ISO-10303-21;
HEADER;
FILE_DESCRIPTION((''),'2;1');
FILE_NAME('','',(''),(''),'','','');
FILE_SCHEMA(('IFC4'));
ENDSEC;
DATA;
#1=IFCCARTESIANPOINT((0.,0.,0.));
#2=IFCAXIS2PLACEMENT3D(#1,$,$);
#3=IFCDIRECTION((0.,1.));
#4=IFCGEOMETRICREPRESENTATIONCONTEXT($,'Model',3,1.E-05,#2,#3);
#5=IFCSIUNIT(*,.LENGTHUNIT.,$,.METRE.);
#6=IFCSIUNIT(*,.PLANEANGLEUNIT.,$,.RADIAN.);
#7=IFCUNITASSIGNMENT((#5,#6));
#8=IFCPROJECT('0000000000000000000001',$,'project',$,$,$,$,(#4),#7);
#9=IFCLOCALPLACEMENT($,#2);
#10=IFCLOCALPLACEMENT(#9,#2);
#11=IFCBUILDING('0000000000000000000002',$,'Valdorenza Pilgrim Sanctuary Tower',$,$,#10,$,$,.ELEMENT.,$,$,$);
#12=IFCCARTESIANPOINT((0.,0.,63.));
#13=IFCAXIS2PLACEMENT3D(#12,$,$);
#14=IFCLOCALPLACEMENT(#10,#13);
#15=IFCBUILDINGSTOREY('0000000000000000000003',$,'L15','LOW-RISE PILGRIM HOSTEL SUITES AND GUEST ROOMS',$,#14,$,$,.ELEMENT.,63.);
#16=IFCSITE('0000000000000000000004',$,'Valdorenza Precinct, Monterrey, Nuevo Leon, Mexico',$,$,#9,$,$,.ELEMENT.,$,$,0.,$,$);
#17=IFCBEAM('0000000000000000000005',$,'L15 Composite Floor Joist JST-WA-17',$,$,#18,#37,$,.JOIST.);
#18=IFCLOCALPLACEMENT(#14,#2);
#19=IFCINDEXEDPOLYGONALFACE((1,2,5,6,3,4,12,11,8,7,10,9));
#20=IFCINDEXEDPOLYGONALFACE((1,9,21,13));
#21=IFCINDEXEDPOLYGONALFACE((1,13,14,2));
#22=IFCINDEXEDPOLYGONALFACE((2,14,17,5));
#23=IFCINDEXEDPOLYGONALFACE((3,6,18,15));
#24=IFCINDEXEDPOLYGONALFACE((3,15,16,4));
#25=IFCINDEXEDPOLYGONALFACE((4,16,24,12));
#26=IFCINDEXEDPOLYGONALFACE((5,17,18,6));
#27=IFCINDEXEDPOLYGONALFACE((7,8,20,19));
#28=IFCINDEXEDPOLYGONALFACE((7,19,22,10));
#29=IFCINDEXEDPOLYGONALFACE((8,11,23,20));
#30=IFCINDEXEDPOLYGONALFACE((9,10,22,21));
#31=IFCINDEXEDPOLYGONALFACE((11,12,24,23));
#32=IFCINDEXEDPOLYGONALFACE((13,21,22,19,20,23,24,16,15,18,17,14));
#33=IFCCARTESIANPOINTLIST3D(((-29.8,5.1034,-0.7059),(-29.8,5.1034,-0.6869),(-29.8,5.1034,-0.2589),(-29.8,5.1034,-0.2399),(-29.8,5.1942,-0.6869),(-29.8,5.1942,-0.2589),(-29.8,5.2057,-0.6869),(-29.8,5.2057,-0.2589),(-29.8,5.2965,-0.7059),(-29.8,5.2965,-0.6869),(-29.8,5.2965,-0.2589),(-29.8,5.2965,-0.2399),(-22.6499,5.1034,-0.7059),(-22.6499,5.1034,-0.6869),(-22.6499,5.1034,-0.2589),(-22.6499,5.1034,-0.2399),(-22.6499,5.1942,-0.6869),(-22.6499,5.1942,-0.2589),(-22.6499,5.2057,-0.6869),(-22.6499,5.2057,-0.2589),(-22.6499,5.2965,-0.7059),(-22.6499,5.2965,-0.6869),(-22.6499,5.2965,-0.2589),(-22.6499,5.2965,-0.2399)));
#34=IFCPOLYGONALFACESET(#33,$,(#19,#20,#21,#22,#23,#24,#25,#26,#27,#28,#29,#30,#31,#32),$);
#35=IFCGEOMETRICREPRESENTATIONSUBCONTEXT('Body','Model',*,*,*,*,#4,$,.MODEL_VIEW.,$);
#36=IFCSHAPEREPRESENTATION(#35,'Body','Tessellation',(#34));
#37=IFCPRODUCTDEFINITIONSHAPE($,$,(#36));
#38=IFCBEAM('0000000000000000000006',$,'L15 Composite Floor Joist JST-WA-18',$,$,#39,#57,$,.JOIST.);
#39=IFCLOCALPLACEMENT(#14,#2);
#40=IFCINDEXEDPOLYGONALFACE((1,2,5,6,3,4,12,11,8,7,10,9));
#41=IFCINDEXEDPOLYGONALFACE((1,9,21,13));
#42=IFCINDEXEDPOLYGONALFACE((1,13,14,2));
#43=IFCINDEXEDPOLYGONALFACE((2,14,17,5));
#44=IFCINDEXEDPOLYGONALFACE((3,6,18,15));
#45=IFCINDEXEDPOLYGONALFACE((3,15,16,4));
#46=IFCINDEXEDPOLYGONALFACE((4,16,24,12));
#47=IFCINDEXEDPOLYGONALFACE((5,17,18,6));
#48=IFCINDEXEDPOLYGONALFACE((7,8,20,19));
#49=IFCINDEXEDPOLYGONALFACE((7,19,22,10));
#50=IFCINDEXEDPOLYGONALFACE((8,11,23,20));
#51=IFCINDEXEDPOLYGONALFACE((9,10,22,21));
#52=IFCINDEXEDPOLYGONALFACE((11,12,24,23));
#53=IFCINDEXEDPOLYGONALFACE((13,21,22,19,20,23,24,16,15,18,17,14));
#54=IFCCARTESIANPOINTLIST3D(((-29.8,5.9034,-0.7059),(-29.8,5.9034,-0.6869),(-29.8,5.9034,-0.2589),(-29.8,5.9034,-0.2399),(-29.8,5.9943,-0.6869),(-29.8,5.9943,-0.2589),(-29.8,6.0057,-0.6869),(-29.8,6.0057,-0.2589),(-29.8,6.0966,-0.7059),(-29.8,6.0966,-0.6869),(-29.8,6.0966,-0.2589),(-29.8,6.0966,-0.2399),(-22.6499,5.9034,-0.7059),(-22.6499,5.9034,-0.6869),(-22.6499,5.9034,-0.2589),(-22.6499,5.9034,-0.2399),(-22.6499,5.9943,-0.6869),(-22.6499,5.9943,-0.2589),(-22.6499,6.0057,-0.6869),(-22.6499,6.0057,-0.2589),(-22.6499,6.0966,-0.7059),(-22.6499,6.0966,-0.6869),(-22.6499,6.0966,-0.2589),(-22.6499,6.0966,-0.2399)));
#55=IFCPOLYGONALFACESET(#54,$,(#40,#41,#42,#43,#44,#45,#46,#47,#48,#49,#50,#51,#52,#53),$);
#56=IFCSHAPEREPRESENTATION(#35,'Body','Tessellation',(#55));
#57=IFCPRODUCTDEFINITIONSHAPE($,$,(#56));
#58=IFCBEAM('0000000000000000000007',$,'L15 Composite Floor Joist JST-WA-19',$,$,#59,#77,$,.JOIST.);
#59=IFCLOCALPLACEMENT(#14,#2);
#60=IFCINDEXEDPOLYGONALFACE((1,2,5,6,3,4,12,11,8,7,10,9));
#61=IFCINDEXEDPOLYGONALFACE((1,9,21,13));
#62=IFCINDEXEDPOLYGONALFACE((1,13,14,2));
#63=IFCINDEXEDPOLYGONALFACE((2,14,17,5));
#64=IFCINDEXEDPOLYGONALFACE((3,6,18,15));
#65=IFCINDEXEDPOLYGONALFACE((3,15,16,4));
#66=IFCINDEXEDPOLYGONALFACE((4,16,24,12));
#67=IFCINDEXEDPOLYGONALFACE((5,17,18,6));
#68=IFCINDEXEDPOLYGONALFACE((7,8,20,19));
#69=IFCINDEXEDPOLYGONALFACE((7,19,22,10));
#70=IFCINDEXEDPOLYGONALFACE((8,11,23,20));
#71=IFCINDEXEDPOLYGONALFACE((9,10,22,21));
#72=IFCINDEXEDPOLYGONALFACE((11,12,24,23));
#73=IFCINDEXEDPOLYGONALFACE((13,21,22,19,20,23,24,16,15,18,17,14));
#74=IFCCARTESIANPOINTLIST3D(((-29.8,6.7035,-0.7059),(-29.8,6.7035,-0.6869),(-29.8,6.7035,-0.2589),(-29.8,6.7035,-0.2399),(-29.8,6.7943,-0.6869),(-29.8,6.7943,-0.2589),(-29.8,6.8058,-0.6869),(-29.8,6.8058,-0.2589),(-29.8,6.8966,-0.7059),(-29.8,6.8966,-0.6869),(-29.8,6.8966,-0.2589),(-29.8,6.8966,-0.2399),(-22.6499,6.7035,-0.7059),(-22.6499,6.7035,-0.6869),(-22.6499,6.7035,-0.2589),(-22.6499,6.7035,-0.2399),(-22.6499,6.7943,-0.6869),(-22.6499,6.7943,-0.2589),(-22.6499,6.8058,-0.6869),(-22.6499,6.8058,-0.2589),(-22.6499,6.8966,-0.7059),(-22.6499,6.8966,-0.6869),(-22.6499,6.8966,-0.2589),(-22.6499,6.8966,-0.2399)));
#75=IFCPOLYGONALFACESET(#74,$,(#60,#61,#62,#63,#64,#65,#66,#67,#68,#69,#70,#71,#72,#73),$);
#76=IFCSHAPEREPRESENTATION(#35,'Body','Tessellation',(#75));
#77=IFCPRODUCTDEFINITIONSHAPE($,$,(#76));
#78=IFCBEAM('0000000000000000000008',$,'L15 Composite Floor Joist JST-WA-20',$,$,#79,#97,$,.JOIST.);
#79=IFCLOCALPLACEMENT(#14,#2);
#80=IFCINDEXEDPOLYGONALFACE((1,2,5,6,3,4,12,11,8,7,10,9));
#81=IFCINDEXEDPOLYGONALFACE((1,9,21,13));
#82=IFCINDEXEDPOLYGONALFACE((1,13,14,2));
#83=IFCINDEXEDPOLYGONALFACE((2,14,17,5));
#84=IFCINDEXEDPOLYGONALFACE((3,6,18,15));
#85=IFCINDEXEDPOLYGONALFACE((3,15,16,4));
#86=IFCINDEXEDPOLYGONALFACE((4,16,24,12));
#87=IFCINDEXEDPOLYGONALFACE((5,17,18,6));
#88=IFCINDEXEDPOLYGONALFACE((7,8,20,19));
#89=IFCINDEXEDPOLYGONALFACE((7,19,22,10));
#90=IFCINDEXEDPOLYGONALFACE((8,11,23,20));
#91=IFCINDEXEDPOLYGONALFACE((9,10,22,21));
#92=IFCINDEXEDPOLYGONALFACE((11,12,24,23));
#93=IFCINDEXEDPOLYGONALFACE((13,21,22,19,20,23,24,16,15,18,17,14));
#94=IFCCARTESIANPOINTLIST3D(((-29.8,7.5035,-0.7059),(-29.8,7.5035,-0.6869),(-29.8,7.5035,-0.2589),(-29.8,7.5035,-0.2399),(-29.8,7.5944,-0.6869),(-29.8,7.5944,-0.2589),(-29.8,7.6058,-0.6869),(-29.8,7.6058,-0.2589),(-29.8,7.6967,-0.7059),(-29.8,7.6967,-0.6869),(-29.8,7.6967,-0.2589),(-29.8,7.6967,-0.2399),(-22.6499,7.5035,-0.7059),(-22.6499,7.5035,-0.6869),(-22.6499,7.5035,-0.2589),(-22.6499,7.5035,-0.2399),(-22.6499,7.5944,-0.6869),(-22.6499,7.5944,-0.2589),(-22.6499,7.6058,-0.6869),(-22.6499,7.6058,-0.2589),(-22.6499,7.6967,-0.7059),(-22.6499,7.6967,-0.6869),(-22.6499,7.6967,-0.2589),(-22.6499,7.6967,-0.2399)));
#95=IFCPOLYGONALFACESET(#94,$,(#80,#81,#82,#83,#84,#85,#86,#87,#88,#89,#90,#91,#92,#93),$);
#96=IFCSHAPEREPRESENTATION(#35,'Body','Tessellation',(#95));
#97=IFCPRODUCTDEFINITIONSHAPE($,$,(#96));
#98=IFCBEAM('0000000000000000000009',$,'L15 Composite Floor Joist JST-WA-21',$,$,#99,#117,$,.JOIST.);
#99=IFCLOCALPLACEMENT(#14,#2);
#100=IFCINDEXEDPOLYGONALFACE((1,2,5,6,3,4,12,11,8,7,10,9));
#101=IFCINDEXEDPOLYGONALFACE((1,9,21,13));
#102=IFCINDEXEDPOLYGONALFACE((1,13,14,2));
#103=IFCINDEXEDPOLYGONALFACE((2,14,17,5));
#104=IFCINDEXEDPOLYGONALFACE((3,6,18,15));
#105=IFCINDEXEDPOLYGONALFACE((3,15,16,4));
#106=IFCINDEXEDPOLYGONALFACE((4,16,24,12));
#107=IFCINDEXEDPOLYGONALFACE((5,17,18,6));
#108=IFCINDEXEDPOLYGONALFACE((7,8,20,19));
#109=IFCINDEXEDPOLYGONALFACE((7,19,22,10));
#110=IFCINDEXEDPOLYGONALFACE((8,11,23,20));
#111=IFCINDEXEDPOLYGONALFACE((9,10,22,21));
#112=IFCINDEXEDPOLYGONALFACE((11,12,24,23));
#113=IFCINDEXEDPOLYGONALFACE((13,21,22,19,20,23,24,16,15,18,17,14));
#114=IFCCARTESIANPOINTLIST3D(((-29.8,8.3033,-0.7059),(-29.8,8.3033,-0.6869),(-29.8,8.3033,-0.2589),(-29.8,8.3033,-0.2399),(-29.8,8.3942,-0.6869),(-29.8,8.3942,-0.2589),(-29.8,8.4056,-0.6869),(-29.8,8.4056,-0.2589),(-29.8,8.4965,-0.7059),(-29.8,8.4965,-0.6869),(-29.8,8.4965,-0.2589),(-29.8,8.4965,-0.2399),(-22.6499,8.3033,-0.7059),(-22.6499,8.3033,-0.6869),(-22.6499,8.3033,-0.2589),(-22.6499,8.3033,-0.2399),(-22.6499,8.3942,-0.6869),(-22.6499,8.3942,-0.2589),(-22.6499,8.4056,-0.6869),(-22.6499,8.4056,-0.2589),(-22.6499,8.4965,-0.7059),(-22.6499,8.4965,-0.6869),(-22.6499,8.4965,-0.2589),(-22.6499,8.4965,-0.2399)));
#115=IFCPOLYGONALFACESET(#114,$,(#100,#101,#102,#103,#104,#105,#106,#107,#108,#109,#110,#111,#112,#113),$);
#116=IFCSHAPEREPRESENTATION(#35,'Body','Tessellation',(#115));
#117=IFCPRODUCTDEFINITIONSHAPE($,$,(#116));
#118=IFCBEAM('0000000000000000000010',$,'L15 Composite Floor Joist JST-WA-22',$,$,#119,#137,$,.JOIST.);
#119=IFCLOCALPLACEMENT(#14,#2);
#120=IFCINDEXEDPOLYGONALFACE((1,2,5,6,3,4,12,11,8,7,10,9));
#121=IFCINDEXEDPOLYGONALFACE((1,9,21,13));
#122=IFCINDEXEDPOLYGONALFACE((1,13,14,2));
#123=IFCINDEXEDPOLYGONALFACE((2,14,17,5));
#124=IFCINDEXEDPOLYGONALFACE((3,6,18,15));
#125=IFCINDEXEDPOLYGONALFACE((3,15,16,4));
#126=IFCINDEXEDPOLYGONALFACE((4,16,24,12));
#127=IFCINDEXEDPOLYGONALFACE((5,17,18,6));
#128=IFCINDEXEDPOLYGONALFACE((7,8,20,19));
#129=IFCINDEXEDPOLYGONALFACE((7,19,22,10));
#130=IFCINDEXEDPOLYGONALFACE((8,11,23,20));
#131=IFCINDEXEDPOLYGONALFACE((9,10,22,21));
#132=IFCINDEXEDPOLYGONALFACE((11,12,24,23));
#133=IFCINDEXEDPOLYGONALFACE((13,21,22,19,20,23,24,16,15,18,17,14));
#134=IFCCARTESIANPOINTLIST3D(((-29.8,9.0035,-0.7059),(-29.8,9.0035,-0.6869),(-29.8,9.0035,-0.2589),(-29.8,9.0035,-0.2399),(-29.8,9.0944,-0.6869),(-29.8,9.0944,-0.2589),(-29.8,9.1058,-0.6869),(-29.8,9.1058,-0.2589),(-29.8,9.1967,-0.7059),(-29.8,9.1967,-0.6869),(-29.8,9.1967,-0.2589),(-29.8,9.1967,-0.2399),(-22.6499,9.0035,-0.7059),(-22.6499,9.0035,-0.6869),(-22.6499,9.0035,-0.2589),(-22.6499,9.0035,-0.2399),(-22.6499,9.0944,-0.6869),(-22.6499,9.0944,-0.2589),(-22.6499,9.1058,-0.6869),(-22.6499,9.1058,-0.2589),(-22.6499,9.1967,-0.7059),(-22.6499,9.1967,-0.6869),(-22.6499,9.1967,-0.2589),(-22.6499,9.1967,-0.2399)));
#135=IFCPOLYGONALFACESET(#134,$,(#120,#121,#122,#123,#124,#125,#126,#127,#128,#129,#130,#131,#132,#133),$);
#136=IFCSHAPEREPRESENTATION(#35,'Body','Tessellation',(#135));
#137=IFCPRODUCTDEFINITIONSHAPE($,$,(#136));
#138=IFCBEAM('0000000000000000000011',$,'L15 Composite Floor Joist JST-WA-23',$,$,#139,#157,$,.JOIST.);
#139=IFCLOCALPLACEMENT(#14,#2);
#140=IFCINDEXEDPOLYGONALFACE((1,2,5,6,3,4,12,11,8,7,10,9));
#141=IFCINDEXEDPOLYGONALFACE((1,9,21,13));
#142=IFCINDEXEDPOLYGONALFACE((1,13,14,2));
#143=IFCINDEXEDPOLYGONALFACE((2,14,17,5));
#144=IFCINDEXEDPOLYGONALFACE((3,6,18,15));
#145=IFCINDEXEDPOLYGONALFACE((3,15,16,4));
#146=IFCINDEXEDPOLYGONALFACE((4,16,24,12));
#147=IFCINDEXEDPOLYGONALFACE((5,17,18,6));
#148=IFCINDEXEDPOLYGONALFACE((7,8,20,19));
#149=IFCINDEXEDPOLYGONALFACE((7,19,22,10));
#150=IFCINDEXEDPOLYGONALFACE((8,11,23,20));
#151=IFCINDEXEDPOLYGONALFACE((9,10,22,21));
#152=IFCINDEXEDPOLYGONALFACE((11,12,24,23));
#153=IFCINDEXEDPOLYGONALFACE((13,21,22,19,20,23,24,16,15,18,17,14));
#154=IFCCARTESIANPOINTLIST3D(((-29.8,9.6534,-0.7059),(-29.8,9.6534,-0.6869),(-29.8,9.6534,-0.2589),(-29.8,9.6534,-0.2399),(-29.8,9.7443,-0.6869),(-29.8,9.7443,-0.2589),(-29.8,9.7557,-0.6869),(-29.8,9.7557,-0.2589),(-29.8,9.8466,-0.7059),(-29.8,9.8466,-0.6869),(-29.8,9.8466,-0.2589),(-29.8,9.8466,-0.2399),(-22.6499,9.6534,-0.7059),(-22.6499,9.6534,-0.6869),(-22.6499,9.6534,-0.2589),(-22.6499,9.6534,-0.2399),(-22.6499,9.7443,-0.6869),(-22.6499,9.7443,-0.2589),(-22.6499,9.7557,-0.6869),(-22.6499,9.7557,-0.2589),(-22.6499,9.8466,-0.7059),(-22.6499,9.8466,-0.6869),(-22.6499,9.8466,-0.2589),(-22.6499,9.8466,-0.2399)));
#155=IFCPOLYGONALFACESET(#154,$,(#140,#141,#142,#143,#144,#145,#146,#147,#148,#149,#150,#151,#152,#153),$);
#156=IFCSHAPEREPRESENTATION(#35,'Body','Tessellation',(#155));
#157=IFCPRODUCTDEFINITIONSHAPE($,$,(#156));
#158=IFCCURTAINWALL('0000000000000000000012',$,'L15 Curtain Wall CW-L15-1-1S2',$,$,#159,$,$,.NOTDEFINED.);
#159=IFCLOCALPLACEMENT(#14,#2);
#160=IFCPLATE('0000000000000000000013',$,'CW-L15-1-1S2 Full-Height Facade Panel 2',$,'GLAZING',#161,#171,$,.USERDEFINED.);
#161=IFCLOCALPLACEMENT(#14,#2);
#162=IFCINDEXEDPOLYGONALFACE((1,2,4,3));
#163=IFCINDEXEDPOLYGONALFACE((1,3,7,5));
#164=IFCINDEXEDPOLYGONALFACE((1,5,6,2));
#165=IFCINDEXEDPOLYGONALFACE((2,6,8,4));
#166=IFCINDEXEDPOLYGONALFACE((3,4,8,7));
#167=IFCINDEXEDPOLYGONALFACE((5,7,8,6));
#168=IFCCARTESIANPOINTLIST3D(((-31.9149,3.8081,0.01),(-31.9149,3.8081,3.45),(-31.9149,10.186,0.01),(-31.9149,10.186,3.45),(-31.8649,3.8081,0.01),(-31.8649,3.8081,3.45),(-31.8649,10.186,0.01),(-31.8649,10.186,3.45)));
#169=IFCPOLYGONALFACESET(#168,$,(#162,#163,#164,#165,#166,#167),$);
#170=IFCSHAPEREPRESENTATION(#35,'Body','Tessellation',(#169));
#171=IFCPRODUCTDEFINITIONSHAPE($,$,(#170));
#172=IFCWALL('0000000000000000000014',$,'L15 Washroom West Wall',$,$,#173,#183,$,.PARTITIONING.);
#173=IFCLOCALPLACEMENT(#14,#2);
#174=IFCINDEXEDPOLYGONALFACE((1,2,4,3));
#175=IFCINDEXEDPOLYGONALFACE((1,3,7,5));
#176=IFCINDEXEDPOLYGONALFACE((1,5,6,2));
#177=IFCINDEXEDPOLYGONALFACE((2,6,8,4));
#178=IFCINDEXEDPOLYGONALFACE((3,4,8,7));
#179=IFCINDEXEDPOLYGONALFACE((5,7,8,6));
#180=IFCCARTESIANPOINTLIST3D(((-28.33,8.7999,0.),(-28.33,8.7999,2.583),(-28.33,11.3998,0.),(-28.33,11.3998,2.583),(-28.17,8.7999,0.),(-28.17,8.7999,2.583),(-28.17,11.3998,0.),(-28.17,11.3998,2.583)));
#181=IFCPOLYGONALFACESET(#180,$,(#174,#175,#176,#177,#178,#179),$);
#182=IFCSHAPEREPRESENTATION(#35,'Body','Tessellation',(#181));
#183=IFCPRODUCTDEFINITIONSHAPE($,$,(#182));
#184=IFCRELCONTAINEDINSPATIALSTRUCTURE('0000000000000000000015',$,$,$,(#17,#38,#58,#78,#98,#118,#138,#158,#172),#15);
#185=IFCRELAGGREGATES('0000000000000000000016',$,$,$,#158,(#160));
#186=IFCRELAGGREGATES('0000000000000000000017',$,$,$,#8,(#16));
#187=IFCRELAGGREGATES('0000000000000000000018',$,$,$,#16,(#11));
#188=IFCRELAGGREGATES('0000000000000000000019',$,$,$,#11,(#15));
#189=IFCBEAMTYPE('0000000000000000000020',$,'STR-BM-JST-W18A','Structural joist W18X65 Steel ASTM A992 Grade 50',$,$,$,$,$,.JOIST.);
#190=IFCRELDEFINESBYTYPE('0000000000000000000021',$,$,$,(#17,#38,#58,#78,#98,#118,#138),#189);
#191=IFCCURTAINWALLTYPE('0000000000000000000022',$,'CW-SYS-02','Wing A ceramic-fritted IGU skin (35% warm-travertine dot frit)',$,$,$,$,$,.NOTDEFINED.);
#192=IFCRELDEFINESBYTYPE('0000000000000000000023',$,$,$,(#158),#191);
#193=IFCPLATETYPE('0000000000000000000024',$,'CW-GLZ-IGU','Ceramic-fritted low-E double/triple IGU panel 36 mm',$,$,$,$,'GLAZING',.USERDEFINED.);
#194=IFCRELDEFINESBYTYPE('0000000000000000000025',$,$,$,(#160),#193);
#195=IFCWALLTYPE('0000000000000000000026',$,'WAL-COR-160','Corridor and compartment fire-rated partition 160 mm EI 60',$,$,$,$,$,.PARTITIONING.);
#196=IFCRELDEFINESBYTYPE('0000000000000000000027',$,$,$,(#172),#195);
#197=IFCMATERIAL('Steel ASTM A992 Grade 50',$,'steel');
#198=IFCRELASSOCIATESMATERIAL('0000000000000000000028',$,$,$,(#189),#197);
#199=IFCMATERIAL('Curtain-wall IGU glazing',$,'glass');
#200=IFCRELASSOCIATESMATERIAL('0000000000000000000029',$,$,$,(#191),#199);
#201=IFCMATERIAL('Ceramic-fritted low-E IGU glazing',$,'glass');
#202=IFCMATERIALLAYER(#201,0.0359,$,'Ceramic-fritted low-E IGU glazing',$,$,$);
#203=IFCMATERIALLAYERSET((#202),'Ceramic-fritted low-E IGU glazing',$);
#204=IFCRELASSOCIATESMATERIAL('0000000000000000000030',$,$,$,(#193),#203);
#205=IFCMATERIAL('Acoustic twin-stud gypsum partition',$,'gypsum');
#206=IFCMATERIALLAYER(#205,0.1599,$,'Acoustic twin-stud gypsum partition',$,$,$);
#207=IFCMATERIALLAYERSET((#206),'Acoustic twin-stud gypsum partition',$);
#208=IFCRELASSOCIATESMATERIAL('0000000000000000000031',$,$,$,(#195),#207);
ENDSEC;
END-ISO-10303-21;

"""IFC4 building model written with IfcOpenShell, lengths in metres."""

from ifc_helpers import new_model, si_unit, direction, frame, frame_2d, origin, origin_2d, place, context, subcontext, project, spatial, rectangle, i_section, extrude, source, transform, mapped, material, layer, layer_set, material_profile, profile_set, type_object, element, aggregate, save


model = new_model("IFC4")

# Units and contexts
model_context = context("Model", 3, precision=1e-05, world=origin(), true_north=direction((0.0, 1.0)))
body_context = subcontext(model_context, "Body", "Model", "MODEL_VIEW")
ifc_project = project(units=[si_unit("LENGTHUNIT", "METRE"), si_unit("PLANEANGLEUNIT", "RADIAN")], contexts=[model_context])

# Site, building, storey
site_placement = place(None, origin())
site = spatial("IfcSite", under=ifc_project, at=site_placement, Name="Valdorenza Precinct, Monterrey, Nuevo Leon, Mexico", CompositionType="ELEMENT", RefElevation=0.0)
building_placement = place(site_placement, origin())
building = spatial("IfcBuilding", under=site, at=building_placement, Name="Valdorenza Pilgrim Sanctuary Tower", CompositionType="ELEMENT")
storey_placement = place(building_placement, frame((0.0, 0.0, 63.0)))
storey = spatial("IfcBuildingStorey", under=building, at=storey_placement, Name="L15", Description="LOW-RISE PILGRIM HOSTEL SUITES AND GUEST ROOMS", CompositionType="ELEMENT", Elevation=63.0)

# Beams
ifc_material_1 = material(Name="Steel ASTM A992 Grade 50", Category="steel")
ifc_material_profile = material_profile(ifc_material_1, i_section(OverallWidth=0.1931, OverallDepth=0.4661, WebThickness=0.0115, FlangeThickness=0.019, at=origin_2d()), Name="W18X65")
ifc_profile_set = profile_set([ifc_material_profile], Name="Steel ASTM A992 Grade 50")
beam_type = type_object("IfcBeamType", Name="STR-BM-JST-W18A", Description="Structural joist W18X65 Steel ASTM A992 Grade 50", PredefinedType="JOIST", material=ifc_profile_set)
shared_shape_1 = source(origin(), body_context, "Body", "SweptSolid", [
    extrude(i_section(OverallWidth=0.1931, OverallDepth=0.4661, WebThickness=0.0115, FlangeThickness=0.019, at=origin_2d()), origin(), (0.0, 0.0, 1.0), 7.1501),
])
for number, where, z_axis, x_axis, name in (
    (1, (-29.8, 5.2, -0.4729), (1.0, 0.0, 0.0), (0.0, 1.0, 0.0), "L15 Composite Floor Joist JST-WA-17"),
    (2, (-29.8, 6.0, -0.4729), (1.0, 0.0, 0.0), (0.0, 1.0, 0.0), "L15 Composite Floor Joist JST-WA-18"),
    (3, (-29.8, 6.8, -0.4729), (1.0, 0.0, 0.0), (0.0, 1.0, 0.0), "L15 Composite Floor Joist JST-WA-19"),
    (4, (-29.8, 7.6001, -0.4729), (1.0, 0.0, 0.0), (0.0, 1.0, 0.0), "L15 Composite Floor Joist JST-WA-20"),
    (5, (-29.8, 8.3999, -0.4729), (1.0, 0.0, 0.0), (0.0, 1.0, 0.0), "L15 Composite Floor Joist JST-WA-21"),
    (6, (-29.8, 9.1001, -0.4729), (1.0, 0.0, 0.0), (0.0, 1.0, 0.0), "L15 Composite Floor Joist JST-WA-22"),
    (7, (-29.8, 9.75, -0.4729), (1.0, 0.0, 0.0), (0.0, 1.0, 0.0), "L15 Composite Floor Joist JST-WA-23"),
):
    element("IfcBeam", number, at=place(storey_placement, frame(where, z_axis=z_axis, x_axis=x_axis)), inside=storey, type_object=beam_type, Name=name, PredefinedType="JOIST", context=body_context, shape_type="MappedRepresentation", body=[
        mapped(shared_shape_1, transform((0.0, 0.0, 0.0), x_axis=(1.0, 0.0, 0.0), y_axis=(0.0, 1.0, 0.0), z_axis=(0.0, 0.0, 1.0), scale=1.0)),
    ])

# Curtain wall, plate
ifc_material_2 = material(Name="Curtain-wall IGU glazing", Category="glass")
curtain_wall_type = type_object("IfcCurtainWallType", Name="CW-SYS-02", Description="Wing A ceramic-fritted IGU skin (35% warm-travertine dot frit)", PredefinedType="NOTDEFINED", material=ifc_material_2)
curtain_wall_placement = place(storey_placement, origin())
curtain_wall = element("IfcCurtainWall", 8, at=curtain_wall_placement, inside=storey, type_object=curtain_wall_type, Name="L15 Curtain Wall CW-L15-1-1S2", PredefinedType="NOTDEFINED")
ifc_material_3 = material(Name="Ceramic-fritted low-E IGU glazing", Category="glass")
ifc_layer_1 = layer(ifc_material_3, 0.0359, Name="Ceramic-fritted low-E IGU glazing")
ifc_layer_set_1 = layer_set([ifc_layer_1], Name="Ceramic-fritted low-E IGU glazing")
plate_type = type_object("IfcPlateType", Name="CW-GLZ-IGU", Description="Ceramic-fritted low-E double/triple IGU panel 36 mm", ElementType="GLAZING", PredefinedType="USERDEFINED", material=ifc_layer_set_1)
shared_shape_2 = source(origin(), body_context, "Body", "SweptSolid", [
    extrude(rectangle(XDim=6.3779, YDim=0.05, at=origin_2d()), origin(), (0.0, 0.0, 1.0), 3.4399),
])
plate_placement = place(storey_placement, frame((-31.8899, 6.9971, 0.01), z_axis=(0.0, 0.0, 1.0), x_axis=(0.0, 1.0, 0.0)))
plate = element("IfcPlate", 9, at=plate_placement, type_object=plate_type, Name="CW-L15-1-1S2 Full-Height Facade Panel 2", ObjectType="GLAZING", PredefinedType="USERDEFINED", context=body_context, shape_type="MappedRepresentation", body=[
    mapped(shared_shape_2, transform((0.0, 0.0, 0.0), x_axis=(1.0, 0.0, 0.0), y_axis=(0.0, 1.0, 0.0), z_axis=(0.0, 0.0, 1.0), scale=1.0)),
])
aggregate(curtain_wall, [plate])

# Wall
ifc_material_4 = material(Name="Acoustic twin-stud gypsum partition", Category="gypsum")
ifc_layer_2 = layer(ifc_material_4, 0.1599, Name="Acoustic twin-stud gypsum partition")
ifc_layer_set_2 = layer_set([ifc_layer_2], Name="Acoustic twin-stud gypsum partition")
wall_type = type_object("IfcWallType", Name="WAL-COR-160", Description="Corridor and compartment fire-rated partition 160 mm EI 60", PredefinedType="PARTITIONING", material=ifc_layer_set_2)
wall_1_placement = place(storey_placement, frame((-28.25, 8.8, 0.0), z_axis=(0.0, 0.0, 1.0), x_axis=(0.0, 1.0, 0.0)))
element("IfcWall", 10, at=wall_1_placement, inside=storey, type_object=wall_type, Name="L15 Washroom West Wall", PredefinedType="PARTITIONING", context=body_context, shape_type="SweptSolid", body=[
    extrude(rectangle(XDim=2.5999, YDim=0.1599, at=frame_2d((1.2998, 0.0))), origin(), (0.0, 0.0, 1.0), 2.583),
])

save(model, "model.ifc")
